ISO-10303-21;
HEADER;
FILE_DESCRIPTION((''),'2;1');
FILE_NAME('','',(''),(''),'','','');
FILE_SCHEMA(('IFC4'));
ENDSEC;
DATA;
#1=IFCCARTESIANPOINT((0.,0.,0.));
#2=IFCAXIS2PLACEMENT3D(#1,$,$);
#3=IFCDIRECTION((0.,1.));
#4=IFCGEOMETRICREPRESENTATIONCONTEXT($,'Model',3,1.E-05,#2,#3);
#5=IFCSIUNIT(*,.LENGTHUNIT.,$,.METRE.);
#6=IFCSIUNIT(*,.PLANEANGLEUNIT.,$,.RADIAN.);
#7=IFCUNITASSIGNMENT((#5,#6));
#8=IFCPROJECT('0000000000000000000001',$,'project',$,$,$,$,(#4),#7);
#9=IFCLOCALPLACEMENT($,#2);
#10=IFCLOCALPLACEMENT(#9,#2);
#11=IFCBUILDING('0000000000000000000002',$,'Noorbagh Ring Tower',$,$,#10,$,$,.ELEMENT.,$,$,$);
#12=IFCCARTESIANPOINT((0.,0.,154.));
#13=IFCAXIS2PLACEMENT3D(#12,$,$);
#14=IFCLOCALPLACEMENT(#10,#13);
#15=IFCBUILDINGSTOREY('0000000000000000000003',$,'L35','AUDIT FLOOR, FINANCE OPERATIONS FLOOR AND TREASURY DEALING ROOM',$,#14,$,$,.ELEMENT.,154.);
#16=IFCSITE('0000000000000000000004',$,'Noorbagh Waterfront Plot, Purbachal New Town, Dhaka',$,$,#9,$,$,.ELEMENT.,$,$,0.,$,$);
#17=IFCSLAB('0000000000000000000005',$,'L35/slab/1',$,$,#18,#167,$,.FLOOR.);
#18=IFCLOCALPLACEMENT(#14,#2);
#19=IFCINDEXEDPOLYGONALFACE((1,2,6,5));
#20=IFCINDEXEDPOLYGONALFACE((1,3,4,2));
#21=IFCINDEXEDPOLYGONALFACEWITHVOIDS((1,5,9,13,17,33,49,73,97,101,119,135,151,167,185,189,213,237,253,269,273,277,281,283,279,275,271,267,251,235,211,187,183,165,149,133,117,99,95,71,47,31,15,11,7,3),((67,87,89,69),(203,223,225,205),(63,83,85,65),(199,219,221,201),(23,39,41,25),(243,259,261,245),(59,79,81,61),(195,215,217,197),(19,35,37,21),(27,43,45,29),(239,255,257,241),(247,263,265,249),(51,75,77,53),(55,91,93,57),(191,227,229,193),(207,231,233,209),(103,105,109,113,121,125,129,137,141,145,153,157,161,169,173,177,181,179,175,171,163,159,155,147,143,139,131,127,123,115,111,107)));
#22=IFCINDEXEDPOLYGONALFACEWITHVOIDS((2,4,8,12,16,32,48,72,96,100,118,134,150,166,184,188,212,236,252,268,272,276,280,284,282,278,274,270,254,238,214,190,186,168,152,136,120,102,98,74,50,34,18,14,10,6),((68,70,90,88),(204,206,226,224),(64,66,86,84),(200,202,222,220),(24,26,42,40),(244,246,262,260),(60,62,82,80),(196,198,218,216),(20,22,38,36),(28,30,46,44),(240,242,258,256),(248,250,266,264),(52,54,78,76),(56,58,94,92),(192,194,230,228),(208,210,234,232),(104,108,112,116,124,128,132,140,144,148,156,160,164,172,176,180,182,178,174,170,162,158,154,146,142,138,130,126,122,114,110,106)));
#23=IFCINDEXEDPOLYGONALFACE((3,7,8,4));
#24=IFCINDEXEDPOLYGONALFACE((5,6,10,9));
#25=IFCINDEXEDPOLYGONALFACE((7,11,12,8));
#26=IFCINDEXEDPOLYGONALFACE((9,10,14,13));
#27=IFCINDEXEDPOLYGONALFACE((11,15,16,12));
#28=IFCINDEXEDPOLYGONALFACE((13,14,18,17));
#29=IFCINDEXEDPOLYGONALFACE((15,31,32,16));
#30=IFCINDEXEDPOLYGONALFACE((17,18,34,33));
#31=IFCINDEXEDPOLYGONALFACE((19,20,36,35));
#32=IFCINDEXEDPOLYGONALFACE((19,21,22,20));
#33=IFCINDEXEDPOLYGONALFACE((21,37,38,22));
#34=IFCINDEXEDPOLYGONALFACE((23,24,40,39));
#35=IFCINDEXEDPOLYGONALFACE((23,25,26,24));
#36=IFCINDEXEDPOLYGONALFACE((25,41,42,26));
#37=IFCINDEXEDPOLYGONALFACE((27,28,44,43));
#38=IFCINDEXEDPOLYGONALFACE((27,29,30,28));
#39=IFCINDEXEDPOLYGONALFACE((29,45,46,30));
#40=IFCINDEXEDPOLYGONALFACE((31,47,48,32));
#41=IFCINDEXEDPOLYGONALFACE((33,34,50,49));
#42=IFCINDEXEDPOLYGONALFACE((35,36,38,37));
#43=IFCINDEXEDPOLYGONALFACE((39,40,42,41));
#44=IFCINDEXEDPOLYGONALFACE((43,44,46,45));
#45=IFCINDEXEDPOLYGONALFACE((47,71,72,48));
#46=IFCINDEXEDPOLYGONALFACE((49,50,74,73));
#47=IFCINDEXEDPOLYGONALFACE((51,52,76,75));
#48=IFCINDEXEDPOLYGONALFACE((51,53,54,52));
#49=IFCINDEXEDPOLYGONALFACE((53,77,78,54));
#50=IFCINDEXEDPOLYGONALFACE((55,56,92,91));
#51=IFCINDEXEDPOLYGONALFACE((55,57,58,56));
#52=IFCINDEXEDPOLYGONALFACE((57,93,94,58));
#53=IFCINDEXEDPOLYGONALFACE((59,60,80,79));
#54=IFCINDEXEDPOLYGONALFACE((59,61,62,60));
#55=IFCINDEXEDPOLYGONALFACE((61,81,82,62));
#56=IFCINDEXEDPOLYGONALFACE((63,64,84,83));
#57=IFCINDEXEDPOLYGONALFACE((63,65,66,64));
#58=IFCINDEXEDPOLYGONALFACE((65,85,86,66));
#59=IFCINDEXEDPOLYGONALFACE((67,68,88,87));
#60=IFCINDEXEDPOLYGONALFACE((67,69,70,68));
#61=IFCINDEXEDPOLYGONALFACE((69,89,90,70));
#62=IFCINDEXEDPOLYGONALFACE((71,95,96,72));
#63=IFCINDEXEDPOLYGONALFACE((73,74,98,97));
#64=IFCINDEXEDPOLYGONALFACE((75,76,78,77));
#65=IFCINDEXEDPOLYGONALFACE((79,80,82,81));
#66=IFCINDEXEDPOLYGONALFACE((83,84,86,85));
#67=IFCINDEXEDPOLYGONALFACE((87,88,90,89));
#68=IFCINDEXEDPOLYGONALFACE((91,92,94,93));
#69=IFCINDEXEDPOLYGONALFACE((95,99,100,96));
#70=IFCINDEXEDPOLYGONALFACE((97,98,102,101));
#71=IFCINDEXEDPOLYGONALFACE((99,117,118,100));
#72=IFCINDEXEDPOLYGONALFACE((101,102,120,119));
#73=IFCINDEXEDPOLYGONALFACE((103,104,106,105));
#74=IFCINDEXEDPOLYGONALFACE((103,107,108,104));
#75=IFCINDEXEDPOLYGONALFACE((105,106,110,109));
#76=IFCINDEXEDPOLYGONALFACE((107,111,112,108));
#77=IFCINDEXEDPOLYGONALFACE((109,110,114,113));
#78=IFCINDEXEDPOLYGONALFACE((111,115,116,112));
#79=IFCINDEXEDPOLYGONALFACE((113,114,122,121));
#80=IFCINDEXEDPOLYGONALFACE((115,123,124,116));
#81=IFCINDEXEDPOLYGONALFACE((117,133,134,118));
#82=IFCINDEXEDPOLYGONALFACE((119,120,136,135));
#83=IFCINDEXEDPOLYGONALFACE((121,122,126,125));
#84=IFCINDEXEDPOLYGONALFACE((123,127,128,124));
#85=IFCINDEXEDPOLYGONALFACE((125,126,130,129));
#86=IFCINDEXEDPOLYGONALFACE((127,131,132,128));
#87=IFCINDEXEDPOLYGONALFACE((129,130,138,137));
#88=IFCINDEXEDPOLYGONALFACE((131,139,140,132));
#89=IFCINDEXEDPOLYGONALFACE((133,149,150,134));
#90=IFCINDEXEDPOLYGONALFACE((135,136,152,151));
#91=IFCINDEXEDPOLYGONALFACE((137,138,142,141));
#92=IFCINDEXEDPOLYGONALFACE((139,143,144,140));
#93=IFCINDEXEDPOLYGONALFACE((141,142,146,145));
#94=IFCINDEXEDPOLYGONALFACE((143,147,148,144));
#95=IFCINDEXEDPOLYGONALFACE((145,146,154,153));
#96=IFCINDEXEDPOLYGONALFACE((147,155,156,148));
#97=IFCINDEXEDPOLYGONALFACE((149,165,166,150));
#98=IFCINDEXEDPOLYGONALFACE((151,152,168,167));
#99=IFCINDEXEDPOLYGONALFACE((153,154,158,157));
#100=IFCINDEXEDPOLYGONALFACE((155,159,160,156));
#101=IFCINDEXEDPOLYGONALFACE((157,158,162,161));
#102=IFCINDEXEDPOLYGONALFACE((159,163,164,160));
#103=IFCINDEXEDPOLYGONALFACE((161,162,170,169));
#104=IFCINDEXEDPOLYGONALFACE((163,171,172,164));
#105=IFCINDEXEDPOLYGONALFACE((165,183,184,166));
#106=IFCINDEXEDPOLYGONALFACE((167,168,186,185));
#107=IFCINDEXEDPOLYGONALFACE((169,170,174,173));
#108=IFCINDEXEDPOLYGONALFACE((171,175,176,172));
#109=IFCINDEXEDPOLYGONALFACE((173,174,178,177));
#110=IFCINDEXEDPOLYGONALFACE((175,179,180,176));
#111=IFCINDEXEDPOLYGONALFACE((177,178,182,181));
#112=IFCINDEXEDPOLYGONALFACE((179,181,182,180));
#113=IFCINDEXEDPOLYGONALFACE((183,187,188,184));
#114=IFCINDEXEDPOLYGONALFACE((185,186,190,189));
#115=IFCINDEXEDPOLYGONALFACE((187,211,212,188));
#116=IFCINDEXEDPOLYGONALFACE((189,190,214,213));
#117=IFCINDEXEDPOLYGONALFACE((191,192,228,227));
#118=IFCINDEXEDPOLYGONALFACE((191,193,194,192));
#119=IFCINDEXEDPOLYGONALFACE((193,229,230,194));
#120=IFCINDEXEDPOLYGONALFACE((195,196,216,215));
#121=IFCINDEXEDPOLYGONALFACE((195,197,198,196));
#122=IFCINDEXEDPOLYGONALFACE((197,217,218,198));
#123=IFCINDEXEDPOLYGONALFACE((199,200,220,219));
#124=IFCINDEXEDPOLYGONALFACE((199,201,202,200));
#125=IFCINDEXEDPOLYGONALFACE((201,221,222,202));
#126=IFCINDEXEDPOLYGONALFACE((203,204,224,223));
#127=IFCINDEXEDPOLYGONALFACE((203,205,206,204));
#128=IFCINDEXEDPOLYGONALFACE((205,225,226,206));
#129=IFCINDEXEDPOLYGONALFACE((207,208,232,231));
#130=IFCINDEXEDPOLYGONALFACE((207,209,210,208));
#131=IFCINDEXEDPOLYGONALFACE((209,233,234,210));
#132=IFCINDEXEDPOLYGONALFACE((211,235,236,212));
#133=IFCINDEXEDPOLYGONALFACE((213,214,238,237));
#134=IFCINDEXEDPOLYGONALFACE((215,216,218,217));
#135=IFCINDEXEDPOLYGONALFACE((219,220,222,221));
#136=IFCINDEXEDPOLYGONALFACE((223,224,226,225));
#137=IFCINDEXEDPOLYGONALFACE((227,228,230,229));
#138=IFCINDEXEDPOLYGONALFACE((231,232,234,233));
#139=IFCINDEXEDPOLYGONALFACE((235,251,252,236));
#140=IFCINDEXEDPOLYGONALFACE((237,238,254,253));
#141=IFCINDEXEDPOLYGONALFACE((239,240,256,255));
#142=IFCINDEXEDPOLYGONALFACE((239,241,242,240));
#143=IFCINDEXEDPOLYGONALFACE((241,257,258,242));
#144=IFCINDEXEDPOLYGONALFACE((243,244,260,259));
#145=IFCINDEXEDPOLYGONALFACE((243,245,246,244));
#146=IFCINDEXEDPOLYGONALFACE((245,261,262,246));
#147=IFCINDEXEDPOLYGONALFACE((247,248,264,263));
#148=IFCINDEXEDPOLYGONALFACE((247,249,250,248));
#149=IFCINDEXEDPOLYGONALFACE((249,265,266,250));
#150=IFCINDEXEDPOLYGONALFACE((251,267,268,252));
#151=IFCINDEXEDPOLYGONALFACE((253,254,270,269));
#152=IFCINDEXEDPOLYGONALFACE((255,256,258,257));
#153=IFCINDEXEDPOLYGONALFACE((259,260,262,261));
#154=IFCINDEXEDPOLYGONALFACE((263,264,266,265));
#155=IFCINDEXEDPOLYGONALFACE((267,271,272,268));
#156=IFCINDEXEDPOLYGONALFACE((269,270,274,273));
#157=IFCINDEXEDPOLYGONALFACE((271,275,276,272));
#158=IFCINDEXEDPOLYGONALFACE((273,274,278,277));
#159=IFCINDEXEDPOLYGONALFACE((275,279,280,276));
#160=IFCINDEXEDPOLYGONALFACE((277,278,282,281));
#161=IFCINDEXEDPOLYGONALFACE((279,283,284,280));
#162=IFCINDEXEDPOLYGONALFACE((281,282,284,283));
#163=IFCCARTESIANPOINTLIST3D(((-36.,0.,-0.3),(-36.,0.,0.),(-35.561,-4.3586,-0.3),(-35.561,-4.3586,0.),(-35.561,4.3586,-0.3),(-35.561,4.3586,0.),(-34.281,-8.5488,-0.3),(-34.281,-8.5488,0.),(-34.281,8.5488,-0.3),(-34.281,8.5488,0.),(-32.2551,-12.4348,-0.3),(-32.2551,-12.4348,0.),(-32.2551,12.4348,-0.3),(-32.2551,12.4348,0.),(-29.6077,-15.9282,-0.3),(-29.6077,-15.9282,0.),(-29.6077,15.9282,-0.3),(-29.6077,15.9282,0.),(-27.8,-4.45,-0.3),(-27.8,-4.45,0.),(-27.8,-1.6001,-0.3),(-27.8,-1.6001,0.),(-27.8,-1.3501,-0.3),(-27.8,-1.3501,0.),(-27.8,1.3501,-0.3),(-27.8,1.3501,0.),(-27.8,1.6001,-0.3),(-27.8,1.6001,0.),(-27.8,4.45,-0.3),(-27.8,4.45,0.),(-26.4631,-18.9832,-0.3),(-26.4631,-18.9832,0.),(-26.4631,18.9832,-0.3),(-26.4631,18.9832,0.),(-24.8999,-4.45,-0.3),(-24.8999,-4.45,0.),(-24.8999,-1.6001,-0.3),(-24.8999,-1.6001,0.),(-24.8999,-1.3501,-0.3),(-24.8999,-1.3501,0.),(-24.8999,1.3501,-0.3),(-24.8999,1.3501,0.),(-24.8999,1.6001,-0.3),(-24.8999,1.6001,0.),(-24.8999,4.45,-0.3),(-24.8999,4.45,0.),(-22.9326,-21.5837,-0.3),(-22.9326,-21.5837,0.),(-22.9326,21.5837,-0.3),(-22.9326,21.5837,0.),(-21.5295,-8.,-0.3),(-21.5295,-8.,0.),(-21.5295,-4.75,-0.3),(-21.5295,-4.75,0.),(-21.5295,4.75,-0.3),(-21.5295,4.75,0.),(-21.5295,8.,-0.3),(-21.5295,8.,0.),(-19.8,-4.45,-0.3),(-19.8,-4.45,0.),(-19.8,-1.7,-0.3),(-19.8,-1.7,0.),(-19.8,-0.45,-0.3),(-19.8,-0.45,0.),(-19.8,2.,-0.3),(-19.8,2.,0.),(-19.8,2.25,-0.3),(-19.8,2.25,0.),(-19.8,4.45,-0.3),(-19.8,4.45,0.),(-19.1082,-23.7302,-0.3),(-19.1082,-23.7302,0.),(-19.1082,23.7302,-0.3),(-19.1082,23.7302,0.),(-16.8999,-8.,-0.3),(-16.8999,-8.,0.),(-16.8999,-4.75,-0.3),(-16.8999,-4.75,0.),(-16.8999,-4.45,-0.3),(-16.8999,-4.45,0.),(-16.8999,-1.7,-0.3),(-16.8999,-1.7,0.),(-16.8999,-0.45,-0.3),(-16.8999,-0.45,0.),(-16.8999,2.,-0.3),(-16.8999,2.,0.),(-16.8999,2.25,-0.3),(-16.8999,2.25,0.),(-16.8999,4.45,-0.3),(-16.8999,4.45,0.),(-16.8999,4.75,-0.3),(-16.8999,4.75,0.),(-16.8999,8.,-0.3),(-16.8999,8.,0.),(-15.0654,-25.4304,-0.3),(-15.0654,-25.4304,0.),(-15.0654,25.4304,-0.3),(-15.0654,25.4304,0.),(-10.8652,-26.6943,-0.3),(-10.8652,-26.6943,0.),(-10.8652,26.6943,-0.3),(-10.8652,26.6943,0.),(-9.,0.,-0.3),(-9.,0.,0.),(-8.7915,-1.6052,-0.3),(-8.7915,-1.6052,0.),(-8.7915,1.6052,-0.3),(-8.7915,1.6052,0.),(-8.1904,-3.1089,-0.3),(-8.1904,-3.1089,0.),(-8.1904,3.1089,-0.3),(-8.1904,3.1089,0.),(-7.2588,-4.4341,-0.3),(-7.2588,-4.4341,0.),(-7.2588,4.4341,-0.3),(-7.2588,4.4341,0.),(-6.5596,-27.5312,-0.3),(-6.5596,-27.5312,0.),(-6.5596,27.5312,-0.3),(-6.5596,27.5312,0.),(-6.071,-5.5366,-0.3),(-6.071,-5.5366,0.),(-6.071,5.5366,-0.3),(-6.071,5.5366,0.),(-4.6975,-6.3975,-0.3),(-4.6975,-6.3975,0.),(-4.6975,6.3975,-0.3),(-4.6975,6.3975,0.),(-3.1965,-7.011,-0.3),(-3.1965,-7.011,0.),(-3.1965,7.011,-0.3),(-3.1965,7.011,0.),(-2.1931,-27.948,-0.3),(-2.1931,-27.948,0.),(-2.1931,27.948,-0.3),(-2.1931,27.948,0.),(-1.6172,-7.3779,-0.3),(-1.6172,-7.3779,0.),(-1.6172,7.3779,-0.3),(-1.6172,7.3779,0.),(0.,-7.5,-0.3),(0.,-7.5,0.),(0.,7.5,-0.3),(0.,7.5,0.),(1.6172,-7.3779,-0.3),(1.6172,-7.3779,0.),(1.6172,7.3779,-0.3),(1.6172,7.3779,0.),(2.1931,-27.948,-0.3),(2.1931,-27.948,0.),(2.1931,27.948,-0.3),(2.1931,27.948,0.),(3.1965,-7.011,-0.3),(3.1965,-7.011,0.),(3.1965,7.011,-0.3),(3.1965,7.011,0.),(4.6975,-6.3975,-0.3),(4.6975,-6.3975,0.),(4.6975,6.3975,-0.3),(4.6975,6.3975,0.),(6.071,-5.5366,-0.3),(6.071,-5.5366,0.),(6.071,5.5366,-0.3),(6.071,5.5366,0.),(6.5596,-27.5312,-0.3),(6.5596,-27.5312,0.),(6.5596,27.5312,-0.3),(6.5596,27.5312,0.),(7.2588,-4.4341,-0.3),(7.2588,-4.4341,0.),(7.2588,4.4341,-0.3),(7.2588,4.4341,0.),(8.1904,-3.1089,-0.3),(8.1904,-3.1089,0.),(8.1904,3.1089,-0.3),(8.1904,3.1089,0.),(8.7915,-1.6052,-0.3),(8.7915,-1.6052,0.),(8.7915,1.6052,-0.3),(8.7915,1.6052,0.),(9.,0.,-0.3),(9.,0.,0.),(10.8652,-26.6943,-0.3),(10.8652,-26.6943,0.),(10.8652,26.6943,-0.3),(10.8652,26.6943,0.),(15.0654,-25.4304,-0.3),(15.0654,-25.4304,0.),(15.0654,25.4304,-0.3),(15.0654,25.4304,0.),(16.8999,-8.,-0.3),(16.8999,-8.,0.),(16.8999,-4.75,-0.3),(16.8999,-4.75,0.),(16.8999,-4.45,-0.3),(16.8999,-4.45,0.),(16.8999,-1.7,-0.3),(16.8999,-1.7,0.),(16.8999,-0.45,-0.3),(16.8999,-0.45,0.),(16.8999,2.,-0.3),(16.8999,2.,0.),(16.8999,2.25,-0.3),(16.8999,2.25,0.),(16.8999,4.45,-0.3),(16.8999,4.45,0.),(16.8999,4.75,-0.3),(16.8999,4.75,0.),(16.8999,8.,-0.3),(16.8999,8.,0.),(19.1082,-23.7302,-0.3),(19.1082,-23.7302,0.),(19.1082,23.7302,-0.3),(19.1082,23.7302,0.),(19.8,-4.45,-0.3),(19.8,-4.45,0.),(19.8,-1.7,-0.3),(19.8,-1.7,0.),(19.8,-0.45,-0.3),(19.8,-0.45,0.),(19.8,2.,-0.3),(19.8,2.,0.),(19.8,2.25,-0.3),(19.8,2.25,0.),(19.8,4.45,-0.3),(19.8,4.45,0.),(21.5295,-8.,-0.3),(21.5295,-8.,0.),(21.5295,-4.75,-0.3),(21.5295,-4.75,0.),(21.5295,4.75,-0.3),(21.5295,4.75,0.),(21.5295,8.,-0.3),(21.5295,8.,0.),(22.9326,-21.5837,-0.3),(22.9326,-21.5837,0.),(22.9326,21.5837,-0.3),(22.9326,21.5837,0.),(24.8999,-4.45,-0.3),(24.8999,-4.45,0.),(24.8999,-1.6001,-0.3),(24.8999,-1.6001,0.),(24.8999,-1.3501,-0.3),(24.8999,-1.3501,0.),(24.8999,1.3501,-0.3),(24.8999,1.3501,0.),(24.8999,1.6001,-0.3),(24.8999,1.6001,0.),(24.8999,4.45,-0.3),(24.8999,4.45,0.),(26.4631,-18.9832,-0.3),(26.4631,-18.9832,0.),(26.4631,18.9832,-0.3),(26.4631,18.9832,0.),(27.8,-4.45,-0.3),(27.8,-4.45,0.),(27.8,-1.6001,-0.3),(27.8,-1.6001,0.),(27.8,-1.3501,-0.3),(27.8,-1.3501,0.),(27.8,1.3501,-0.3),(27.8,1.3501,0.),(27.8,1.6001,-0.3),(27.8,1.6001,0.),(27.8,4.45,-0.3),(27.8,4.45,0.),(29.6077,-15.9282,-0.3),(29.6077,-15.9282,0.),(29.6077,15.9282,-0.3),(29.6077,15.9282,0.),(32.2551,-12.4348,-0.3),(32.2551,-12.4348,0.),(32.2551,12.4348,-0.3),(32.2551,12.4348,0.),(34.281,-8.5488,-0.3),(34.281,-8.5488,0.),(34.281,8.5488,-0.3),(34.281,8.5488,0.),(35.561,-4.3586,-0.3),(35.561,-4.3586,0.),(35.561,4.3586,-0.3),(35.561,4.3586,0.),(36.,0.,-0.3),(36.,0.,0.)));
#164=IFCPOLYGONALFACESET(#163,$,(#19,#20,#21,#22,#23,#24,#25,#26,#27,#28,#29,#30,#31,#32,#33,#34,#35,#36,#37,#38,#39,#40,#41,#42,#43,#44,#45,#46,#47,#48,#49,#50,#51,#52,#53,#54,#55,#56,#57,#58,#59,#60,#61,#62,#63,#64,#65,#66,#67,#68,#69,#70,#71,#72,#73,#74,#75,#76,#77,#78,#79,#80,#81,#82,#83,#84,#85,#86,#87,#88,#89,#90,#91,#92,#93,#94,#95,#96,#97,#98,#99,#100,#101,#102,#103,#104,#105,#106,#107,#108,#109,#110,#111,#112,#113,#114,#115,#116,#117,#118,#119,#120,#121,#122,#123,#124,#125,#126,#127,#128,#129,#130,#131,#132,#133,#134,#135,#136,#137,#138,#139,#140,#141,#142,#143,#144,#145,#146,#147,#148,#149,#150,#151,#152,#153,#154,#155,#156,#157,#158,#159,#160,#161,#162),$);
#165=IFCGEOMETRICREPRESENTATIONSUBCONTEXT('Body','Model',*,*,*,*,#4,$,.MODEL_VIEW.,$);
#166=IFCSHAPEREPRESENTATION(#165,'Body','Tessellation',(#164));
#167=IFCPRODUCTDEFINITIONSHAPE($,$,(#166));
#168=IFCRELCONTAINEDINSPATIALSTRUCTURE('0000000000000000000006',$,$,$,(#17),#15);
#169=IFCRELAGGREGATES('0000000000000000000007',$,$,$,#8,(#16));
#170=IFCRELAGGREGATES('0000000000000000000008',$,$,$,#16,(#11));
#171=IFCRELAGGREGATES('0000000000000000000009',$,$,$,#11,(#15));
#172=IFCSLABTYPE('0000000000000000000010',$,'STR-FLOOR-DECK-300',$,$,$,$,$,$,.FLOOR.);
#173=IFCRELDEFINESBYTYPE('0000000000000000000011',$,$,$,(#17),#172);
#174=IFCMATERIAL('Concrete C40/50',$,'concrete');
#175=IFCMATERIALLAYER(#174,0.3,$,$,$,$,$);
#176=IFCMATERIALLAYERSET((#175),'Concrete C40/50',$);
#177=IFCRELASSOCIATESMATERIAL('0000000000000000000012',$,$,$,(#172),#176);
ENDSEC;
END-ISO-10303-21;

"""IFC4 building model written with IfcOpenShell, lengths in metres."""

from ifc_helpers import new_model, si_unit, direction, frame, origin, place, context, subcontext, project, spatial, polyline, outline, extrude, material, layer, layer_set, type_object, element, save


model = new_model("IFC4")

# Units and contexts
model_context = context("Model", 3, precision=1e-05, world=origin(), true_north=direction((0.0, 1.0)))
body_context = subcontext(model_context, "Body", "Model", "MODEL_VIEW")
ifc_project = project(units=[si_unit("LENGTHUNIT", "METRE"), si_unit("PLANEANGLEUNIT", "RADIAN")], contexts=[model_context])

# Site, building, storey
site_placement = place(None, origin())
building_placement = place(site_placement, origin())
storey_placement = place(building_placement, frame((0.0, 0.0, 154.0)))
site = spatial("IfcSite", under=ifc_project, at=site_placement, Name="Noorbagh Waterfront Plot, Purbachal New Town, Dhaka", CompositionType="ELEMENT", RefElevation=0.0)
building = spatial("IfcBuilding", under=site, at=building_placement, Name="Noorbagh Ring Tower", CompositionType="ELEMENT")
storey = spatial("IfcBuildingStorey", under=building, at=storey_placement, Name="L35", Description="AUDIT FLOOR, FINANCE OPERATIONS FLOOR AND TREASURY DEALING ROOM", CompositionType="ELEMENT", Elevation=154.0)

# Slab
ifc_material_1 = material(Name="Concrete C40/50", Category="concrete")
ifc_layer_1 = layer(ifc_material_1, 0.3)
ifc_layer_set_1 = layer_set([ifc_layer_1], Name="Concrete C40/50")
slab_type = type_object("IfcSlabType", Name="STR-FLOOR-DECK-300", PredefinedType="FLOOR", material=ifc_layer_set_1)
slab_placement = place(storey_placement, frame((0.0, 0.0, -0.3)))
element("IfcSlab", 1, at=slab_placement, inside=storey, type_object=slab_type, Name="L35/slab/1", PredefinedType="FLOOR", context=body_context, shape_type="SweptSolid", body=[
    extrude(outline(polyline([(36.0, 0.0), (35.561, 4.3586), (34.281, 8.5488), (32.2551, 12.4348), (29.6077, 15.9282), (26.4631, 18.9832), (22.9326, 21.5837), (19.1082, 23.7302), (15.0654, 25.4304), (10.8652, 26.6943), (6.5596, 27.5312), (2.1931, 27.948), (-2.1931, 27.948), (-6.5596, 27.5312), (-10.8652, 26.6943), (-15.0654, 25.4304), (-19.1082, 23.7302), (-22.9326, 21.5837), (-26.4631, 18.9832), (-29.6077, 15.9282), (-32.2551, 12.4348), (-34.281, 8.5488), (-35.561, 4.3586), (-36.0, 0.0), (-35.561, -4.3586), (-34.281, -8.5488), (-32.2551, -12.4348), (-29.6077, -15.9282), (-26.4631, -18.9832), (-22.9326, -21.5837), (-19.1082, -23.7302), (-15.0654, -25.4304), (-10.8652, -26.6943), (-6.5596, -27.5312), (-2.1931, -27.948), (2.1931, -27.948), (6.5596, -27.5312), (10.8652, -26.6943), (15.0654, -25.4304), (19.1082, -23.7302), (22.9326, -21.5837), (26.4631, -18.9832), (29.6077, -15.9282), (32.2551, -12.4348), (34.281, -8.5488), (35.561, -4.3586), (36.0, 0.0)]), holes=[polyline([(24.8999, 4.45), (27.8, 4.45), (27.8, 1.6001), (24.8999, 1.6001), (24.8999, 4.45)]), polyline([(24.8999, 1.3501), (27.8, 1.3501), (27.8, -1.3501), (24.8999, -1.3501), (24.8999, 1.3501)]), polyline([(24.8999, -1.6001), (27.8, -1.6001), (27.8, -4.45), (24.8999, -4.45), (24.8999, -1.6001)]), polyline([(21.5295, -8.0), (16.8999, -8.0), (16.8999, -4.75), (21.5295, -4.75), (21.5295, -8.0)]), polyline([(16.8999, 4.75), (16.8999, 8.0), (21.5295, 8.0), (21.5295, 4.75), (16.8999, 4.75)]), polyline([(19.8, 4.45), (19.8, 2.25), (16.8999, 2.25), (16.8999, 4.45), (19.8, 4.45)]), polyline([(16.8999, 2.0), (19.8, 2.0), (19.8, -0.45), (16.8999, -0.45), (16.8999, 2.0)]), polyline([(16.8999, -1.7), (19.8, -1.7), (19.8, -4.45), (16.8999, -4.45), (16.8999, -1.7)]), polyline([(4.6975, -6.3975), (3.1965, -7.011), (1.6172, -7.3779), (0.0, -7.5), (-1.6172, -7.3779), (-3.1965, -7.011), (-4.6975, -6.3975), (-6.071, -5.5366), (-7.2588, -4.4341), (-8.1904, -3.1089), (-8.7915, -1.6052), (-9.0, 0.0), (-8.7915, 1.6052), (-8.1904, 3.1089), (-7.2588, 4.4341), (-6.071, 5.5366), (-4.6975, 6.3975), (-3.1965, 7.011), (-1.6172, 7.3779), (0.0, 7.5), (1.6172, 7.3779), (3.1965, 7.011), (4.6975, 6.3975), (6.071, 5.5366), (7.2588, 4.4341), (8.1904, 3.1089), (8.7915, 1.6052), (9.0, 0.0), (8.7915, -1.6052), (8.1904, -3.1089), (7.2588, -4.4341), (6.071, -5.5366), (4.6975, -6.3975)]), polyline([(-16.8999, 2.25), (-19.8, 2.25), (-19.8, 4.45), (-16.8999, 4.45), (-16.8999, 2.25)]), polyline([(-16.8999, -0.45), (-19.8, -0.45), (-19.8, 2.0), (-16.8999, 2.0), (-16.8999, -0.45)]), polyline([(-16.8999, -4.45), (-19.8, -4.45), (-19.8, -1.7), (-16.8999, -1.7), (-16.8999, -4.45)]), polyline([(-21.5295, 8.0), (-16.8999, 8.0), (-16.8999, 4.75), (-21.5295, 4.75), (-21.5295, 8.0)]), polyline([(-21.5295, -4.75), (-16.8999, -4.75), (-16.8999, -8.0), (-21.5295, -8.0), (-21.5295, -4.75)]), polyline([(-24.8999, -4.45), (-27.8, -4.45), (-27.8, -1.6001), (-24.8999, -1.6001), (-24.8999, -4.45)]), polyline([(-24.8999, 1.6001), (-27.8, 1.6001), (-27.8, 4.45), (-24.8999, 4.45), (-24.8999, 1.6001)]), polyline([(-24.8999, -1.3501), (-27.8, -1.3501), (-27.8, 1.3501), (-24.8999, 1.3501), (-24.8999, -1.3501)])]), origin(), (0.0, 0.0, 1.0), 0.3),
])

save(model, "model.ifc")
